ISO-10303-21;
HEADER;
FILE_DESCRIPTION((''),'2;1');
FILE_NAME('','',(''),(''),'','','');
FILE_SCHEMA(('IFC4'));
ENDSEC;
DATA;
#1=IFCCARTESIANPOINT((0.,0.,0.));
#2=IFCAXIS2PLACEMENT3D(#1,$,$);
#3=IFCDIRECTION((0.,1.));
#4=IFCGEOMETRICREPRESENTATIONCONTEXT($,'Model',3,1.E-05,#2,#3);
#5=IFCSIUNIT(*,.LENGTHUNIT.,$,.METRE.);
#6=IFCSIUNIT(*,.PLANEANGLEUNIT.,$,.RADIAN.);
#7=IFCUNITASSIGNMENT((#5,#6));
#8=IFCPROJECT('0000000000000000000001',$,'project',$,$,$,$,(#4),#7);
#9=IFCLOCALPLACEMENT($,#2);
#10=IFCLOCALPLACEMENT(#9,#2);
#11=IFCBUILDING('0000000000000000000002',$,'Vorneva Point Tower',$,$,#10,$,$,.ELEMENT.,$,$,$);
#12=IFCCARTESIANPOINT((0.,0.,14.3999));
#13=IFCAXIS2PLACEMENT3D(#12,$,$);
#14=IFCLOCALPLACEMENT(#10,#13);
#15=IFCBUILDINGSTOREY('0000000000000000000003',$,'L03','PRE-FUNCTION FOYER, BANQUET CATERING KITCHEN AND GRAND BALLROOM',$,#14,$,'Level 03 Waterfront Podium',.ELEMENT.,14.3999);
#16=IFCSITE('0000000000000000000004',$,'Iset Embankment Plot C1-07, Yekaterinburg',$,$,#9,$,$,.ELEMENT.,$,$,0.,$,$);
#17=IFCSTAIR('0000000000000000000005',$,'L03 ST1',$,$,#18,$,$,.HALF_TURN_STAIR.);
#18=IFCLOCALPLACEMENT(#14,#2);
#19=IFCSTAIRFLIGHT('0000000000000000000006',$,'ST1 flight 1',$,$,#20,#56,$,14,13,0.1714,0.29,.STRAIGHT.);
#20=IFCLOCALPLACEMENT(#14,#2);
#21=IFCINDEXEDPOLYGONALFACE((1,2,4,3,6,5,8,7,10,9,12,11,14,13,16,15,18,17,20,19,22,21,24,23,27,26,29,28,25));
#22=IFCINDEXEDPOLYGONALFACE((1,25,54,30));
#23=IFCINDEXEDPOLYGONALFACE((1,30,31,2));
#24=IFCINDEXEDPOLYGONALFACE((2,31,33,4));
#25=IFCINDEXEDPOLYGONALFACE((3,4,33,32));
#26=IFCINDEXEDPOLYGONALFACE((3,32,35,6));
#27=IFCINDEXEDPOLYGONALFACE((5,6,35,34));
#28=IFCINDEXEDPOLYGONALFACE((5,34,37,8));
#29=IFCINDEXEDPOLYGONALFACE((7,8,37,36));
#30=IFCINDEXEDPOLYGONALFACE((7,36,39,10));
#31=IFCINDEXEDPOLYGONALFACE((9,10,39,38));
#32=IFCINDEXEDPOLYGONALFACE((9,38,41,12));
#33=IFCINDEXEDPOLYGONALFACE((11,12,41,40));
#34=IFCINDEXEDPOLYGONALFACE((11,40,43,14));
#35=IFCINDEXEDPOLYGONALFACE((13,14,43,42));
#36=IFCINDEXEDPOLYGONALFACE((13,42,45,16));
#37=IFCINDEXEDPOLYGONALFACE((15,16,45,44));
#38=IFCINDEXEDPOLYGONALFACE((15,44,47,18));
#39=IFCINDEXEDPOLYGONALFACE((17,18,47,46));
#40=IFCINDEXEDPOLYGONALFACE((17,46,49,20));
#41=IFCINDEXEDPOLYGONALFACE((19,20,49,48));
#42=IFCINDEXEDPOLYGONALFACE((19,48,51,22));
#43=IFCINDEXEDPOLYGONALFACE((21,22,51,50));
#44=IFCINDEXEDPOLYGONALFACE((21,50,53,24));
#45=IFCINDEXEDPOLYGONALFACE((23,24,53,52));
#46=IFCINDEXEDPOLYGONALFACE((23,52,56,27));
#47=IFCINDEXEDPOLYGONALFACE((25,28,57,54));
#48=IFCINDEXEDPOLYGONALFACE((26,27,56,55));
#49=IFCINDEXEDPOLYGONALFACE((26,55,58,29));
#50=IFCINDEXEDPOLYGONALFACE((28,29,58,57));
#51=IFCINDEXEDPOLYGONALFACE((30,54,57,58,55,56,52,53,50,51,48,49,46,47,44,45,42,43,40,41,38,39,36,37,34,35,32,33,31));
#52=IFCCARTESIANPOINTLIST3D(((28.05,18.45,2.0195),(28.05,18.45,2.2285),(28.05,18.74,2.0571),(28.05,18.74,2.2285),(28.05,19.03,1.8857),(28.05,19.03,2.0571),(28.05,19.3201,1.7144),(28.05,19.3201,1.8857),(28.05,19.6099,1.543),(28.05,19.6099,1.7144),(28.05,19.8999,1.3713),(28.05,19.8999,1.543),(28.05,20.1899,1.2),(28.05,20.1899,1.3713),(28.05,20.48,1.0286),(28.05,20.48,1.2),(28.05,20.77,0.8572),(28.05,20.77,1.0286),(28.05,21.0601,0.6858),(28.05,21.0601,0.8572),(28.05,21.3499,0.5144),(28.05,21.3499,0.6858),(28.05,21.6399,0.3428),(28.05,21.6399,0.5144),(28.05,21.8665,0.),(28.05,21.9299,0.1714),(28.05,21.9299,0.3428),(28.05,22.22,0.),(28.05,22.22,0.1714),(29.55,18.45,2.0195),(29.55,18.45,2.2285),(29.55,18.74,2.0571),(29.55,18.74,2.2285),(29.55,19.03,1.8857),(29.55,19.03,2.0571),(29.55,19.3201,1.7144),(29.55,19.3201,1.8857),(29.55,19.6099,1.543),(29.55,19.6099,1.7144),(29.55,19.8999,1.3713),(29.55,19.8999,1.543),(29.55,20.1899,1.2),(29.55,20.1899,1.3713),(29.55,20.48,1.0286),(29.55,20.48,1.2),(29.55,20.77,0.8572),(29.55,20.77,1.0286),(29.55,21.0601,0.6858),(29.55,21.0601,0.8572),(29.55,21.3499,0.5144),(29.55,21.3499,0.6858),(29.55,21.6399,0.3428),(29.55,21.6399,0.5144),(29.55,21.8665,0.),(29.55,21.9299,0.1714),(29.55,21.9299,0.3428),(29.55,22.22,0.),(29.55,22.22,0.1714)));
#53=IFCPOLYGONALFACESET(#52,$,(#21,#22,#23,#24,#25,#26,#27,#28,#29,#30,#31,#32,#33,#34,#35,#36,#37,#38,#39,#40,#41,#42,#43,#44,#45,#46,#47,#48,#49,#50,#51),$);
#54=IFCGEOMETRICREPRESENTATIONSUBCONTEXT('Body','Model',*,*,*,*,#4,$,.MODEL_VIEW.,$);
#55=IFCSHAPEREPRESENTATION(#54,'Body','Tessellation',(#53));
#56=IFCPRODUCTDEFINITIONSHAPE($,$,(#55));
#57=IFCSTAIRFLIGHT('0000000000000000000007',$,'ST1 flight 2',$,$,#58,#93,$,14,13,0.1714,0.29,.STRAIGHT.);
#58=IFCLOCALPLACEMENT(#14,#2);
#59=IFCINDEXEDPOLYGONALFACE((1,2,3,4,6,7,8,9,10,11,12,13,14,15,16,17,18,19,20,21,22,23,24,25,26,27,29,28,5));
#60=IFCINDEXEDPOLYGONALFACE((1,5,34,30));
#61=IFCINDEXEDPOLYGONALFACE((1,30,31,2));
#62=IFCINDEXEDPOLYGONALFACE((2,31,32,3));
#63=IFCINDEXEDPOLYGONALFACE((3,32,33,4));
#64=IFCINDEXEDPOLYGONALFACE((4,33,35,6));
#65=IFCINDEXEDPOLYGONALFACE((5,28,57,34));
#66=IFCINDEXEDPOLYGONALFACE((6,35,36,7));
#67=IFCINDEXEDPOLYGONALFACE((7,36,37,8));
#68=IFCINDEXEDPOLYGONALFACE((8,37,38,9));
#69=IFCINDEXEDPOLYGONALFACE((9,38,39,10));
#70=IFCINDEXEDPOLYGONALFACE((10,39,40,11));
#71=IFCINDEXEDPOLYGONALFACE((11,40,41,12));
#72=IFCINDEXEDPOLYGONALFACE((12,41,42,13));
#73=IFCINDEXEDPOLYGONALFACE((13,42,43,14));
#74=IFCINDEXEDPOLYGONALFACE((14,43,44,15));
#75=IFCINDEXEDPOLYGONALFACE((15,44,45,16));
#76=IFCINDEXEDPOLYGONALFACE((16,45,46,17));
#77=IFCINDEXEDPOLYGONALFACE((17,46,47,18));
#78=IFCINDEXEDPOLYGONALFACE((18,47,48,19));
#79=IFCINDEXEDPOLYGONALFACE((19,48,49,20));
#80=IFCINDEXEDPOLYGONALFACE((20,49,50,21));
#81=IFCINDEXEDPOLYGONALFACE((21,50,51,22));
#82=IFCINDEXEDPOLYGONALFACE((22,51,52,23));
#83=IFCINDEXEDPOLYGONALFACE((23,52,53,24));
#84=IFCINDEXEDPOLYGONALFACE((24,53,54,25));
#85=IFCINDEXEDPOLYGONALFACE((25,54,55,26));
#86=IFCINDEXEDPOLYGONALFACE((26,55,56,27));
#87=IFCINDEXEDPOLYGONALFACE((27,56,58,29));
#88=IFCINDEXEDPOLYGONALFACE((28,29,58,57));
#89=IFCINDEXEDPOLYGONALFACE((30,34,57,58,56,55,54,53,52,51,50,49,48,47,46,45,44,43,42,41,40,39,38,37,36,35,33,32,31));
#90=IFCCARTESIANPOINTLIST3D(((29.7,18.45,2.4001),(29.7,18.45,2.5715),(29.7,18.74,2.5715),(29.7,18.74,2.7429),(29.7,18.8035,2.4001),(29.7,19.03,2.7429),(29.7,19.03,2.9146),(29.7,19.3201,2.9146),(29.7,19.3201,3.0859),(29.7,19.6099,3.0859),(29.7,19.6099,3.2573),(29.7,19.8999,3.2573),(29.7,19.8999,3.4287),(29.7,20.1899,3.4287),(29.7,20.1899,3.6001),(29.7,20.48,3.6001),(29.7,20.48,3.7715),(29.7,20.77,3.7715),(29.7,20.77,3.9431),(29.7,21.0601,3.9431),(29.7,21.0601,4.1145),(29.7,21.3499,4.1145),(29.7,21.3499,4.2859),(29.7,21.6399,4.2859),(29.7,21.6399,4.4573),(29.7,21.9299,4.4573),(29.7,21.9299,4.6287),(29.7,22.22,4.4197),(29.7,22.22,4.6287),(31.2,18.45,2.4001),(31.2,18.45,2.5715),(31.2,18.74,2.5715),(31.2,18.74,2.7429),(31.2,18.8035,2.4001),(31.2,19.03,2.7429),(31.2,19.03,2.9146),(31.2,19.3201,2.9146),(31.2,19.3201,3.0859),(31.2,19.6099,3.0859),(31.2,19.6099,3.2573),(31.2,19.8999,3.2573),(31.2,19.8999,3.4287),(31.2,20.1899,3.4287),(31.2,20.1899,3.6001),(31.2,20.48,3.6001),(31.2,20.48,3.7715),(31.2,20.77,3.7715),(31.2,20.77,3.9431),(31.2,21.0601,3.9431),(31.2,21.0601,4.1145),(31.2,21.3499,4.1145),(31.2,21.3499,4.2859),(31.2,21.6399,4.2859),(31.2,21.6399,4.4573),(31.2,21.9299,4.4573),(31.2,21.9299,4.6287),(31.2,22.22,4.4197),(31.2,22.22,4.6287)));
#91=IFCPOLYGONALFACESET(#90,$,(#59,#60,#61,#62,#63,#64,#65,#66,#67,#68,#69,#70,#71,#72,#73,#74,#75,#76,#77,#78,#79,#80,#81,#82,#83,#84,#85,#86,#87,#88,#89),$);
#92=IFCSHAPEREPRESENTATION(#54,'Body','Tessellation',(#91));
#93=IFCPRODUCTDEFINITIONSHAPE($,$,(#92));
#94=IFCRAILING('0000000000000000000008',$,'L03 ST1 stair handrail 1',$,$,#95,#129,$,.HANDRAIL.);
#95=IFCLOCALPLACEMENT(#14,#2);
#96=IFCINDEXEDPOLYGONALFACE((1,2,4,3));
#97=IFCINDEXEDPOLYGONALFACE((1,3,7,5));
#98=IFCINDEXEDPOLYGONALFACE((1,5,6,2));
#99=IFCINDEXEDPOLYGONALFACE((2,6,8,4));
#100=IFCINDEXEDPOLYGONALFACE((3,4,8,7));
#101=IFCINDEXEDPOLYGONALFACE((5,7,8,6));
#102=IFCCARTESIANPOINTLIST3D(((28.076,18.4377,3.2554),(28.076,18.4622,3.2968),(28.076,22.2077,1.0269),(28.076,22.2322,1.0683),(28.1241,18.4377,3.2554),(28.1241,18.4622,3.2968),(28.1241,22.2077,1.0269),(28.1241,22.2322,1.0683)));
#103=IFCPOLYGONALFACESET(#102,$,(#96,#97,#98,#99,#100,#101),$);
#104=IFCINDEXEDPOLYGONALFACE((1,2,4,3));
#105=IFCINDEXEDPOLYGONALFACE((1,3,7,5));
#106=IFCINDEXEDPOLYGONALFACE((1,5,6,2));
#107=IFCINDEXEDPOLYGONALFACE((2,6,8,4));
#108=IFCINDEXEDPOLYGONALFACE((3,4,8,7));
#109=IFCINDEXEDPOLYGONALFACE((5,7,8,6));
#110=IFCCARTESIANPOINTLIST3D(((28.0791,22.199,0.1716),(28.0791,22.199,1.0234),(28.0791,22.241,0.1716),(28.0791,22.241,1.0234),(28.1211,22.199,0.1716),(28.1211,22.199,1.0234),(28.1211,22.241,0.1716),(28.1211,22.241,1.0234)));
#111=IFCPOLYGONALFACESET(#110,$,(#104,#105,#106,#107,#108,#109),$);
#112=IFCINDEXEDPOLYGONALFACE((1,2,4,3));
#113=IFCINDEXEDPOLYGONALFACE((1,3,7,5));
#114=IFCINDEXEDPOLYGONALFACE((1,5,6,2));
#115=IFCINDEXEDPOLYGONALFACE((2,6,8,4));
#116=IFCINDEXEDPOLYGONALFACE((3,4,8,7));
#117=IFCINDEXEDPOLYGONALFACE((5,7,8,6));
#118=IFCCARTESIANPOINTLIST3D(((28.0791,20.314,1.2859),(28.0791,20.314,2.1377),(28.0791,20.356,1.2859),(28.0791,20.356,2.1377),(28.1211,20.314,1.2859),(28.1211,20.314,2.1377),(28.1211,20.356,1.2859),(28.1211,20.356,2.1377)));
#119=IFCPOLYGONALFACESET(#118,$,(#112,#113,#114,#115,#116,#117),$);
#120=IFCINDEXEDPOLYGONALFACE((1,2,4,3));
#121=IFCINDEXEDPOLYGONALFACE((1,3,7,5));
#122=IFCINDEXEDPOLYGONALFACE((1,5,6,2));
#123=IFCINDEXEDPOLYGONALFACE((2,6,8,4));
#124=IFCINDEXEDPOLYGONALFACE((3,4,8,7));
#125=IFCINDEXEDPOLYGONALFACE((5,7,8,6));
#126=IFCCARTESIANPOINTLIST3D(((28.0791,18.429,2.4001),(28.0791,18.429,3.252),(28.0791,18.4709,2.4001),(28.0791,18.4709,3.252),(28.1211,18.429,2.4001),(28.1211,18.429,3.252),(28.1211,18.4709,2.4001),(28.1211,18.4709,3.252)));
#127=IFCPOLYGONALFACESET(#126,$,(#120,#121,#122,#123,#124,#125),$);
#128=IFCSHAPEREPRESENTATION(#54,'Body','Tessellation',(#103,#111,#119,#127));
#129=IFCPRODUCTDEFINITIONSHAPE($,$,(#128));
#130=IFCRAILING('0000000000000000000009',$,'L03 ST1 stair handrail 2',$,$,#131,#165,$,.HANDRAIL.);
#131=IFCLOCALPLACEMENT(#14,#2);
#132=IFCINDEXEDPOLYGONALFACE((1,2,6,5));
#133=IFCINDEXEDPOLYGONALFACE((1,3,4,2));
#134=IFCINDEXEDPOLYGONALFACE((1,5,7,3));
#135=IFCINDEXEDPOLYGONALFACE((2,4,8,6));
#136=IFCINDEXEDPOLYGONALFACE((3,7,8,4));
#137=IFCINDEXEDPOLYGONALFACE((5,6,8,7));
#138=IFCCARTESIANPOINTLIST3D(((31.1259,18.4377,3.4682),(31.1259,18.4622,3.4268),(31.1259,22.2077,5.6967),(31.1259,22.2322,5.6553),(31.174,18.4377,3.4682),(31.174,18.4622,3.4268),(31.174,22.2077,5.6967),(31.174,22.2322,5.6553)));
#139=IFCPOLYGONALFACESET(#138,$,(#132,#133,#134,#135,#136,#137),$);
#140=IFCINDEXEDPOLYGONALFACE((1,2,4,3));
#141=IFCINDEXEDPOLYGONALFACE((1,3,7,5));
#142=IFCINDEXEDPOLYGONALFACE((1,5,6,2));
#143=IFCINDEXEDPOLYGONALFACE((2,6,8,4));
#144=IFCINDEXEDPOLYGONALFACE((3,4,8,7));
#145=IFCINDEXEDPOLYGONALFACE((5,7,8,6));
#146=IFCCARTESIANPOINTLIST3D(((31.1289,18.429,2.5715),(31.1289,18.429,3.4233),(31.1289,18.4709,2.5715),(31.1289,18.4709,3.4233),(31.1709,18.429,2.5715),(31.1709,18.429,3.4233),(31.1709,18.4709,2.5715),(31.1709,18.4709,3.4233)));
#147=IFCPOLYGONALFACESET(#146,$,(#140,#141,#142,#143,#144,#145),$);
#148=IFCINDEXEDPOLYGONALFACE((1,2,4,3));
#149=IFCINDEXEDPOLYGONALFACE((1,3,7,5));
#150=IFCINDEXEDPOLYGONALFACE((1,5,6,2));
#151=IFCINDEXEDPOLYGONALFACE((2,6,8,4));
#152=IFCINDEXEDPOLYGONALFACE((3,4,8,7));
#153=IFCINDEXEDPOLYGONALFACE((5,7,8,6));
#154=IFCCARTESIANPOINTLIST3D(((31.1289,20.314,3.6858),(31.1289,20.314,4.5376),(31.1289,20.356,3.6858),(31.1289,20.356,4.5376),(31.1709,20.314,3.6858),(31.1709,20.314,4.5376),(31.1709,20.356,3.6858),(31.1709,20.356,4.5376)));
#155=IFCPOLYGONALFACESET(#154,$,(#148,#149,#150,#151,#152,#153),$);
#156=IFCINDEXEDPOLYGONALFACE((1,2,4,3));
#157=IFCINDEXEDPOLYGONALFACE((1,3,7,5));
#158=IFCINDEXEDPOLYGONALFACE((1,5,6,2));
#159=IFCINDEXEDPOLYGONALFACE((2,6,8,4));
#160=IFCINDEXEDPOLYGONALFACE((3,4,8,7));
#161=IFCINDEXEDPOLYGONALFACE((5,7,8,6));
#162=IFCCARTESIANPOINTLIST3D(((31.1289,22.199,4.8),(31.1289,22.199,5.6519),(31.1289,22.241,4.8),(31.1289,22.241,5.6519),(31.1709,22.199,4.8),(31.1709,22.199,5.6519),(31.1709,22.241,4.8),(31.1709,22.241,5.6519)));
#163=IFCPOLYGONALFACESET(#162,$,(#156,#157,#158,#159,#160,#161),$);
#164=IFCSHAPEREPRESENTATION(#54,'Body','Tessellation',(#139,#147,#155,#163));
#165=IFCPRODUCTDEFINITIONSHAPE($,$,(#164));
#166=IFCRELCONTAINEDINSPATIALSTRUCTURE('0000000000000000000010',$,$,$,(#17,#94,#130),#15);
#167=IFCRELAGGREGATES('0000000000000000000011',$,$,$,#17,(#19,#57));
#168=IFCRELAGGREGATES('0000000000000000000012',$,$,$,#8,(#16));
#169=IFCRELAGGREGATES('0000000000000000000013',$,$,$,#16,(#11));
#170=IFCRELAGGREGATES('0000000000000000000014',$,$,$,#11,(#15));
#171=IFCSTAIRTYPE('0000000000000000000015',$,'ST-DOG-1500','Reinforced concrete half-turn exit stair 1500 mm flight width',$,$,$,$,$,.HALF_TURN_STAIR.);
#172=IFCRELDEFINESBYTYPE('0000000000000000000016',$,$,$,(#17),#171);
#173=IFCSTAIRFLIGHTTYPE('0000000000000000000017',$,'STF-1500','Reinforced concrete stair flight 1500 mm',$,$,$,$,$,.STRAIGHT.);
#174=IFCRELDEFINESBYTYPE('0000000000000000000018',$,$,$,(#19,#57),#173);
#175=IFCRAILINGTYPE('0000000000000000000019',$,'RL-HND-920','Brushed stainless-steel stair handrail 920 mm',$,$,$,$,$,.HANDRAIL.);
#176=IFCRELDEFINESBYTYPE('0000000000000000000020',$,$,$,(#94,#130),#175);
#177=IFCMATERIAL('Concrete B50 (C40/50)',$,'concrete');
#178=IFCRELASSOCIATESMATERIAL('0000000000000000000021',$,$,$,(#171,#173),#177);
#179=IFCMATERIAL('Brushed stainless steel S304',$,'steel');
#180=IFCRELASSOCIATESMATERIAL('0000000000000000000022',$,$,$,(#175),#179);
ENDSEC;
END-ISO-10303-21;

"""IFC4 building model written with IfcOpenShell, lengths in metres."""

from ifc_helpers import new_model, si_unit, direction, frame, origin, origin_2d, place, context, subcontext, project, spatial, polyline, rectangle, outline, extrude, material, type_object, element, aggregate, save


model = new_model("IFC4")

# Units and contexts
model_context = context("Model", 3, precision=1e-05, world=origin(), true_north=direction((0.0, 1.0)))
body_context = subcontext(model_context, "Body", "Model", "MODEL_VIEW")
ifc_project = project(units=[si_unit("LENGTHUNIT", "METRE"), si_unit("PLANEANGLEUNIT", "RADIAN")], contexts=[model_context])

# Site, building, storey
site_placement = place(None, origin())
site = spatial("IfcSite", under=ifc_project, at=site_placement, Name="Iset Embankment Plot C1-07, Yekaterinburg", CompositionType="ELEMENT", RefElevation=0.0)
building_placement = place(site_placement, origin())
building = spatial("IfcBuilding", under=site, at=building_placement, Name="Vorneva Point Tower", CompositionType="ELEMENT")
storey_placement = place(building_placement, frame((0.0, 0.0, 14.3999)))
storey = spatial("IfcBuildingStorey", under=building, at=storey_placement, Name="L03", Description="PRE-FUNCTION FOYER, BANQUET CATERING KITCHEN AND GRAND BALLROOM", LongName="Level 03 Waterfront Podium", CompositionType="ELEMENT", Elevation=14.3999)

# Shared definitions
ifc_material_1 = material(Name="Concrete B50 (C40/50)", Category="concrete")

# Stair, stair flights
stair_type = type_object("IfcStairType", Name="ST-DOG-1500", Description="Reinforced concrete half-turn exit stair 1500 mm flight width", PredefinedType="HALF_TURN_STAIR", material=ifc_material_1)
stair_placement = place(storey_placement, origin())
stair = element("IfcStair", 1, at=stair_placement, inside=storey, type_object=stair_type, Name="L03 ST1", PredefinedType="HALF_TURN_STAIR")
stair_flight_type = type_object("IfcStairFlightType", Name="STF-1500", Description="Reinforced concrete stair flight 1500 mm", PredefinedType="STRAIGHT", material=ifc_material_1)
stair_flight_1_placement = place(storey_placement, frame((28.8, 22.22, 0.0), z_axis=(0.0, 0.0, 1.0), x_axis=(0.0, -1.0, 0.0)))
stair_flight_1 = element("IfcStairFlight", 2, at=stair_flight_1_placement, type_object=stair_flight_type, Name="ST1 flight 1", NumberOfRisers=14, NumberOfTreads=13, PredefinedType="STRAIGHT", RiserHeight=0.1714, TreadLength=0.29, context=body_context, shape_type="SweptSolid", body=[
    extrude(outline(polyline([(0.0, 0.0), (0.0, 0.1714), (0.29, 0.1714), (0.29, 0.3428), (0.5801, 0.3428), (0.5801, 0.5144), (0.8701, 0.5144), (0.8701, 0.6858), (1.1599, 0.6858), (1.1599, 0.8572), (1.45, 0.8572), (1.45, 1.0286), (1.74, 1.0286), (1.74, 1.2), (2.03, 1.2), (2.03, 1.3713), (2.3201, 1.3713), (2.3201, 1.543), (2.6101, 1.543), (2.6101, 1.7144), (2.8999, 1.7144), (2.8999, 1.8857), (3.1899, 1.8857), (3.1899, 2.0571), (3.48, 2.0571), (3.48, 2.2285), (3.77, 2.2285), (3.77, 2.3999), (3.77, 2.0195), (0.3535, 0.0), (0.0, 0.0)])), frame((0.0, 0.75, 0.0), z_axis=(0.0, -1.0, 0.0), x_axis=(1.0, 0.0, 0.0)), (0.0, 0.0, 1.0), 1.5),
])
stair_flight_2_placement = place(storey_placement, frame((30.45, 18.45, 2.4001), z_axis=(0.0, 0.0, 1.0), x_axis=(0.0, 1.0, 0.0)))
stair_flight_2 = element("IfcStairFlight", 3, at=stair_flight_2_placement, type_object=stair_flight_type, Name="ST1 flight 2", NumberOfRisers=14, NumberOfTreads=13, PredefinedType="STRAIGHT", RiserHeight=0.1714, TreadLength=0.29, context=body_context, shape_type="SweptSolid", body=[
    extrude(outline(polyline([(0.0, 0.0), (0.0, 0.1714), (0.29, 0.1714), (0.29, 0.3428), (0.5801, 0.3428), (0.5801, 0.5144), (0.8701, 0.5144), (0.8701, 0.6858), (1.1599, 0.6858), (1.1599, 0.8572), (1.45, 0.8572), (1.45, 1.0286), (1.74, 1.0286), (1.74, 1.2), (2.03, 1.2), (2.03, 1.3713), (2.3201, 1.3713), (2.3201, 1.543), (2.6101, 1.543), (2.6101, 1.7144), (2.8999, 1.7144), (2.8999, 1.8857), (3.1899, 1.8857), (3.1899, 2.0571), (3.48, 2.0571), (3.48, 2.2285), (3.77, 2.2285), (3.77, 2.3999), (3.77, 2.0195), (0.3535, 0.0), (0.0, 0.0)])), frame((0.0, 0.75, 0.0), z_axis=(0.0, -1.0, 0.0), x_axis=(1.0, 0.0, 0.0)), (0.0, 0.0, 1.0), 1.5),
])
aggregate(stair, [stair_flight_1, stair_flight_2])

# Railings
ifc_material_2 = material(Name="Brushed stainless steel S304", Category="steel")
railing_type_1 = type_object("IfcRailingType", Name="RL-HND-920", Description="Brushed stainless-steel stair handrail 920 mm", PredefinedType="HANDRAIL", material=ifc_material_2)
railing_1_placement = place(storey_placement, frame((28.1001, 22.22, 0.1716)))
element("IfcRailing", 4, at=railing_1_placement, inside=storey, type_object=railing_type_1, Name="L03 ST1 stair handrail 1", PredefinedType="HANDRAIL", context=body_context, shape_type="SweptSolid", body=[
    extrude(rectangle(XDim=0.0481, YDim=0.0481, at=origin_2d()), frame((0.0, 0.0, 0.876), z_axis=(0.0, -0.860849, 0.508861), x_axis=(1.0, 0.0, 0.0)), (0.0, 0.0, 1.0), 4.3794),
    extrude(rectangle(XDim=0.042, YDim=0.042, at=origin_2d()), origin(), (0.0, 0.0, 1.0), 0.8518),
    extrude(rectangle(XDim=0.042, YDim=0.042, at=origin_2d()), frame((0.0, -1.885, 1.1143)), (0.0, 0.0, 1.0), 0.8518),
    extrude(rectangle(XDim=0.042, YDim=0.042, at=origin_2d()), frame((0.0, -3.77, 2.2285)), (0.0, 0.0, 1.0), 0.8518),
])
railing_2_placement = place(storey_placement, frame((31.1499, 18.45, 2.5715)))
element("IfcRailing", 5, at=railing_2_placement, inside=storey, type_object=railing_type_1, Name="L03 ST1 stair handrail 2", PredefinedType="HANDRAIL", context=body_context, shape_type="SweptSolid", body=[
    extrude(rectangle(XDim=0.0481, YDim=0.0481, at=origin_2d()), frame((0.0, 0.0, 0.876), z_axis=(0.0, 0.860849, 0.508861), x_axis=(-1.0, 0.0, 0.0)), (0.0, 0.0, 1.0), 4.3794),
    extrude(rectangle(XDim=0.042, YDim=0.042, at=origin_2d()), origin(), (0.0, 0.0, 1.0), 0.8518),
    extrude(rectangle(XDim=0.042, YDim=0.042, at=origin_2d()), frame((0.0, 1.885, 1.1143)), (0.0, 0.0, 1.0), 0.8518),
    extrude(rectangle(XDim=0.042, YDim=0.042, at=origin_2d()), frame((0.0, 3.77, 2.2285)), (0.0, 0.0, 1.0), 0.8518),
])

save(model, "model.ifc")
